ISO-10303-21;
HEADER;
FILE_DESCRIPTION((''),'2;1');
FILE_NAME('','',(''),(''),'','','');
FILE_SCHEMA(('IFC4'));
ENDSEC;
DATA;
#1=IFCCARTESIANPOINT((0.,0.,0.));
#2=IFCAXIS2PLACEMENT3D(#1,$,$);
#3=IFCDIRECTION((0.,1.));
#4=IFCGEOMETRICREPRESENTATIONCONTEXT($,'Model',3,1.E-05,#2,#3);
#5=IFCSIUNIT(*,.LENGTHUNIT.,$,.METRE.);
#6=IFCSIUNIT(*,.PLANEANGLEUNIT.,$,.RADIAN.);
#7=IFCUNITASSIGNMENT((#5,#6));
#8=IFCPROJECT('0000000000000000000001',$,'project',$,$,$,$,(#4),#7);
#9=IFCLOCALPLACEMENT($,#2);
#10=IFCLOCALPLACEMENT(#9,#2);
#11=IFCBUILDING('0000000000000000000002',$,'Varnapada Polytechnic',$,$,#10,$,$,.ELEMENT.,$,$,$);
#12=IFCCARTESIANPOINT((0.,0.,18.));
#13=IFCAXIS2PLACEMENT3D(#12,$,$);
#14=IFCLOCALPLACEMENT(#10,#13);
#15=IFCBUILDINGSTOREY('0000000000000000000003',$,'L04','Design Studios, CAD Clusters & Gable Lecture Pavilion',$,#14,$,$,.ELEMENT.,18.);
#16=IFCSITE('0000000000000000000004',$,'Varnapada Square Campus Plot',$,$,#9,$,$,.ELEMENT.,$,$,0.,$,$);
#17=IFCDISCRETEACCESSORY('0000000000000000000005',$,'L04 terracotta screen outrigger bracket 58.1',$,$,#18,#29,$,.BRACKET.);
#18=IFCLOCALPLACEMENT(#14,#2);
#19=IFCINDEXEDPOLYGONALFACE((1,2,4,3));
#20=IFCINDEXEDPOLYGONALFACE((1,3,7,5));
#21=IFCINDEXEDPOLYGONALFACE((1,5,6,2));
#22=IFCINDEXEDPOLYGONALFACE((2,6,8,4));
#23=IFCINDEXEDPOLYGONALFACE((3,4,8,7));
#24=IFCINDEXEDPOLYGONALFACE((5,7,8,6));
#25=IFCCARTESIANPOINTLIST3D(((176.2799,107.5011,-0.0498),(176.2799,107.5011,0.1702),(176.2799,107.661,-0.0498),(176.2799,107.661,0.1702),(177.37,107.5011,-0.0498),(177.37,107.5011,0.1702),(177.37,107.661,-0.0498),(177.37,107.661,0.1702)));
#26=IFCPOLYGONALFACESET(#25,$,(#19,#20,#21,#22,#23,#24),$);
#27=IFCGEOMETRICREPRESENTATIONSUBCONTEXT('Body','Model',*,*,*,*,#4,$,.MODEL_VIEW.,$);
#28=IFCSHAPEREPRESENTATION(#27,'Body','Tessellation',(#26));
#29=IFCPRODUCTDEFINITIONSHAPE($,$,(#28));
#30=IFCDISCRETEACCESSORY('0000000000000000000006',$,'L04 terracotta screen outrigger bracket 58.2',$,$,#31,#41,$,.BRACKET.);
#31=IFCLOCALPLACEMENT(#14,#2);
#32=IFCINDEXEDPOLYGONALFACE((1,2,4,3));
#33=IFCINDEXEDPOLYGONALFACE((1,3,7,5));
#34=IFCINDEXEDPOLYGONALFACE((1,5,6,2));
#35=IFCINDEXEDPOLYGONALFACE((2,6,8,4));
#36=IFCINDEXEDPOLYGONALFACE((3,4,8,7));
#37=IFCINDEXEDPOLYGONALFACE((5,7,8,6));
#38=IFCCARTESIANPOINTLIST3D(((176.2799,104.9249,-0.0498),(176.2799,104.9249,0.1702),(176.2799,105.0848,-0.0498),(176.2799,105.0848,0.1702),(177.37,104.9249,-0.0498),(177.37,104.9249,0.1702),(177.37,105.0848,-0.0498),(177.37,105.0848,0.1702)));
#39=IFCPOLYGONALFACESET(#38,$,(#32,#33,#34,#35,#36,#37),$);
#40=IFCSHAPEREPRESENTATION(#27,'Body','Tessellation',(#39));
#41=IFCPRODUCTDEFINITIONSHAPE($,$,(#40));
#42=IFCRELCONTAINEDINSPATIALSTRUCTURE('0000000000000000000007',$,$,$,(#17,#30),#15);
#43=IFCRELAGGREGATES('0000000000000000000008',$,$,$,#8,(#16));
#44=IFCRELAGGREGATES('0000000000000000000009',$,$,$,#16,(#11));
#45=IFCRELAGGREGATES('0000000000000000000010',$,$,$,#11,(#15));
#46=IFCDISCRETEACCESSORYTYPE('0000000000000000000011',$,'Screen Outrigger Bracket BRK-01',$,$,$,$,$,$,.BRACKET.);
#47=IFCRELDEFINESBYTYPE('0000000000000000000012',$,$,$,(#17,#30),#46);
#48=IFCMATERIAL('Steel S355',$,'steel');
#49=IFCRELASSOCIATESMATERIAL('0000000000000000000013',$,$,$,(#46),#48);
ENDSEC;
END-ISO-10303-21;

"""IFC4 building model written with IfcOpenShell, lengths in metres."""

from ifc_helpers import new_model, si_unit, direction, frame, origin, origin_2d, place, context, subcontext, project, spatial, rectangle, extrude, material, type_object, element, save


model = new_model("IFC4")

# Units and contexts
model_context = context("Model", 3, precision=1e-05, world=origin(), true_north=direction((0.0, 1.0)))
body_context = subcontext(model_context, "Body", "Model", "MODEL_VIEW")
ifc_project = project(units=[si_unit("LENGTHUNIT", "METRE"), si_unit("PLANEANGLEUNIT", "RADIAN")], contexts=[model_context])

# Site, building, storey
site_placement = place(None, origin())
site = spatial("IfcSite", under=ifc_project, at=site_placement, Name="Varnapada Square Campus Plot", CompositionType="ELEMENT", RefElevation=0.0)
building_placement = place(site_placement, origin())
building = spatial("IfcBuilding", under=site, at=building_placement, Name="Varnapada Polytechnic", CompositionType="ELEMENT")
storey_placement = place(building_placement, frame((0.0, 0.0, 18.0)))
storey = spatial("IfcBuildingStorey", under=building, at=storey_placement, Name="L04", Description="Design Studios, CAD Clusters & Gable Lecture Pavilion", CompositionType="ELEMENT", Elevation=18.0)

# Discrete accessories
ifc_material_1 = material(Name="Steel S355", Category="steel")
discrete_accessory_type = type_object("IfcDiscreteAccessoryType", Name="Screen Outrigger Bracket BRK-01", PredefinedType="BRACKET", material=ifc_material_1)
for number, where, z_axis, x_axis, name in (
    (1, (176.825, 107.5811, -0.0498), (0.0, 0.0, 1.0), (0.0, -1.0, 0.0), "L04 terracotta screen outrigger bracket 58.1"),
    (2, (176.825, 105.0049, -0.0498), (0.0, 0.0, 1.0), (0.0, -1.0, 0.0), "L04 terracotta screen outrigger bracket 58.2"),
):
    element("IfcDiscreteAccessory", number, at=place(storey_placement, frame(where, z_axis=z_axis, x_axis=x_axis)), inside=storey, type_object=discrete_accessory_type, Name=name, PredefinedType="BRACKET", context=body_context, shape_type="SweptSolid", body=[
        extrude(rectangle(XDim=0.1599, YDim=1.0901, at=origin_2d()), origin(), (0.0, 0.0, 1.0), 0.22),
    ])

save(model, "model.ifc")
